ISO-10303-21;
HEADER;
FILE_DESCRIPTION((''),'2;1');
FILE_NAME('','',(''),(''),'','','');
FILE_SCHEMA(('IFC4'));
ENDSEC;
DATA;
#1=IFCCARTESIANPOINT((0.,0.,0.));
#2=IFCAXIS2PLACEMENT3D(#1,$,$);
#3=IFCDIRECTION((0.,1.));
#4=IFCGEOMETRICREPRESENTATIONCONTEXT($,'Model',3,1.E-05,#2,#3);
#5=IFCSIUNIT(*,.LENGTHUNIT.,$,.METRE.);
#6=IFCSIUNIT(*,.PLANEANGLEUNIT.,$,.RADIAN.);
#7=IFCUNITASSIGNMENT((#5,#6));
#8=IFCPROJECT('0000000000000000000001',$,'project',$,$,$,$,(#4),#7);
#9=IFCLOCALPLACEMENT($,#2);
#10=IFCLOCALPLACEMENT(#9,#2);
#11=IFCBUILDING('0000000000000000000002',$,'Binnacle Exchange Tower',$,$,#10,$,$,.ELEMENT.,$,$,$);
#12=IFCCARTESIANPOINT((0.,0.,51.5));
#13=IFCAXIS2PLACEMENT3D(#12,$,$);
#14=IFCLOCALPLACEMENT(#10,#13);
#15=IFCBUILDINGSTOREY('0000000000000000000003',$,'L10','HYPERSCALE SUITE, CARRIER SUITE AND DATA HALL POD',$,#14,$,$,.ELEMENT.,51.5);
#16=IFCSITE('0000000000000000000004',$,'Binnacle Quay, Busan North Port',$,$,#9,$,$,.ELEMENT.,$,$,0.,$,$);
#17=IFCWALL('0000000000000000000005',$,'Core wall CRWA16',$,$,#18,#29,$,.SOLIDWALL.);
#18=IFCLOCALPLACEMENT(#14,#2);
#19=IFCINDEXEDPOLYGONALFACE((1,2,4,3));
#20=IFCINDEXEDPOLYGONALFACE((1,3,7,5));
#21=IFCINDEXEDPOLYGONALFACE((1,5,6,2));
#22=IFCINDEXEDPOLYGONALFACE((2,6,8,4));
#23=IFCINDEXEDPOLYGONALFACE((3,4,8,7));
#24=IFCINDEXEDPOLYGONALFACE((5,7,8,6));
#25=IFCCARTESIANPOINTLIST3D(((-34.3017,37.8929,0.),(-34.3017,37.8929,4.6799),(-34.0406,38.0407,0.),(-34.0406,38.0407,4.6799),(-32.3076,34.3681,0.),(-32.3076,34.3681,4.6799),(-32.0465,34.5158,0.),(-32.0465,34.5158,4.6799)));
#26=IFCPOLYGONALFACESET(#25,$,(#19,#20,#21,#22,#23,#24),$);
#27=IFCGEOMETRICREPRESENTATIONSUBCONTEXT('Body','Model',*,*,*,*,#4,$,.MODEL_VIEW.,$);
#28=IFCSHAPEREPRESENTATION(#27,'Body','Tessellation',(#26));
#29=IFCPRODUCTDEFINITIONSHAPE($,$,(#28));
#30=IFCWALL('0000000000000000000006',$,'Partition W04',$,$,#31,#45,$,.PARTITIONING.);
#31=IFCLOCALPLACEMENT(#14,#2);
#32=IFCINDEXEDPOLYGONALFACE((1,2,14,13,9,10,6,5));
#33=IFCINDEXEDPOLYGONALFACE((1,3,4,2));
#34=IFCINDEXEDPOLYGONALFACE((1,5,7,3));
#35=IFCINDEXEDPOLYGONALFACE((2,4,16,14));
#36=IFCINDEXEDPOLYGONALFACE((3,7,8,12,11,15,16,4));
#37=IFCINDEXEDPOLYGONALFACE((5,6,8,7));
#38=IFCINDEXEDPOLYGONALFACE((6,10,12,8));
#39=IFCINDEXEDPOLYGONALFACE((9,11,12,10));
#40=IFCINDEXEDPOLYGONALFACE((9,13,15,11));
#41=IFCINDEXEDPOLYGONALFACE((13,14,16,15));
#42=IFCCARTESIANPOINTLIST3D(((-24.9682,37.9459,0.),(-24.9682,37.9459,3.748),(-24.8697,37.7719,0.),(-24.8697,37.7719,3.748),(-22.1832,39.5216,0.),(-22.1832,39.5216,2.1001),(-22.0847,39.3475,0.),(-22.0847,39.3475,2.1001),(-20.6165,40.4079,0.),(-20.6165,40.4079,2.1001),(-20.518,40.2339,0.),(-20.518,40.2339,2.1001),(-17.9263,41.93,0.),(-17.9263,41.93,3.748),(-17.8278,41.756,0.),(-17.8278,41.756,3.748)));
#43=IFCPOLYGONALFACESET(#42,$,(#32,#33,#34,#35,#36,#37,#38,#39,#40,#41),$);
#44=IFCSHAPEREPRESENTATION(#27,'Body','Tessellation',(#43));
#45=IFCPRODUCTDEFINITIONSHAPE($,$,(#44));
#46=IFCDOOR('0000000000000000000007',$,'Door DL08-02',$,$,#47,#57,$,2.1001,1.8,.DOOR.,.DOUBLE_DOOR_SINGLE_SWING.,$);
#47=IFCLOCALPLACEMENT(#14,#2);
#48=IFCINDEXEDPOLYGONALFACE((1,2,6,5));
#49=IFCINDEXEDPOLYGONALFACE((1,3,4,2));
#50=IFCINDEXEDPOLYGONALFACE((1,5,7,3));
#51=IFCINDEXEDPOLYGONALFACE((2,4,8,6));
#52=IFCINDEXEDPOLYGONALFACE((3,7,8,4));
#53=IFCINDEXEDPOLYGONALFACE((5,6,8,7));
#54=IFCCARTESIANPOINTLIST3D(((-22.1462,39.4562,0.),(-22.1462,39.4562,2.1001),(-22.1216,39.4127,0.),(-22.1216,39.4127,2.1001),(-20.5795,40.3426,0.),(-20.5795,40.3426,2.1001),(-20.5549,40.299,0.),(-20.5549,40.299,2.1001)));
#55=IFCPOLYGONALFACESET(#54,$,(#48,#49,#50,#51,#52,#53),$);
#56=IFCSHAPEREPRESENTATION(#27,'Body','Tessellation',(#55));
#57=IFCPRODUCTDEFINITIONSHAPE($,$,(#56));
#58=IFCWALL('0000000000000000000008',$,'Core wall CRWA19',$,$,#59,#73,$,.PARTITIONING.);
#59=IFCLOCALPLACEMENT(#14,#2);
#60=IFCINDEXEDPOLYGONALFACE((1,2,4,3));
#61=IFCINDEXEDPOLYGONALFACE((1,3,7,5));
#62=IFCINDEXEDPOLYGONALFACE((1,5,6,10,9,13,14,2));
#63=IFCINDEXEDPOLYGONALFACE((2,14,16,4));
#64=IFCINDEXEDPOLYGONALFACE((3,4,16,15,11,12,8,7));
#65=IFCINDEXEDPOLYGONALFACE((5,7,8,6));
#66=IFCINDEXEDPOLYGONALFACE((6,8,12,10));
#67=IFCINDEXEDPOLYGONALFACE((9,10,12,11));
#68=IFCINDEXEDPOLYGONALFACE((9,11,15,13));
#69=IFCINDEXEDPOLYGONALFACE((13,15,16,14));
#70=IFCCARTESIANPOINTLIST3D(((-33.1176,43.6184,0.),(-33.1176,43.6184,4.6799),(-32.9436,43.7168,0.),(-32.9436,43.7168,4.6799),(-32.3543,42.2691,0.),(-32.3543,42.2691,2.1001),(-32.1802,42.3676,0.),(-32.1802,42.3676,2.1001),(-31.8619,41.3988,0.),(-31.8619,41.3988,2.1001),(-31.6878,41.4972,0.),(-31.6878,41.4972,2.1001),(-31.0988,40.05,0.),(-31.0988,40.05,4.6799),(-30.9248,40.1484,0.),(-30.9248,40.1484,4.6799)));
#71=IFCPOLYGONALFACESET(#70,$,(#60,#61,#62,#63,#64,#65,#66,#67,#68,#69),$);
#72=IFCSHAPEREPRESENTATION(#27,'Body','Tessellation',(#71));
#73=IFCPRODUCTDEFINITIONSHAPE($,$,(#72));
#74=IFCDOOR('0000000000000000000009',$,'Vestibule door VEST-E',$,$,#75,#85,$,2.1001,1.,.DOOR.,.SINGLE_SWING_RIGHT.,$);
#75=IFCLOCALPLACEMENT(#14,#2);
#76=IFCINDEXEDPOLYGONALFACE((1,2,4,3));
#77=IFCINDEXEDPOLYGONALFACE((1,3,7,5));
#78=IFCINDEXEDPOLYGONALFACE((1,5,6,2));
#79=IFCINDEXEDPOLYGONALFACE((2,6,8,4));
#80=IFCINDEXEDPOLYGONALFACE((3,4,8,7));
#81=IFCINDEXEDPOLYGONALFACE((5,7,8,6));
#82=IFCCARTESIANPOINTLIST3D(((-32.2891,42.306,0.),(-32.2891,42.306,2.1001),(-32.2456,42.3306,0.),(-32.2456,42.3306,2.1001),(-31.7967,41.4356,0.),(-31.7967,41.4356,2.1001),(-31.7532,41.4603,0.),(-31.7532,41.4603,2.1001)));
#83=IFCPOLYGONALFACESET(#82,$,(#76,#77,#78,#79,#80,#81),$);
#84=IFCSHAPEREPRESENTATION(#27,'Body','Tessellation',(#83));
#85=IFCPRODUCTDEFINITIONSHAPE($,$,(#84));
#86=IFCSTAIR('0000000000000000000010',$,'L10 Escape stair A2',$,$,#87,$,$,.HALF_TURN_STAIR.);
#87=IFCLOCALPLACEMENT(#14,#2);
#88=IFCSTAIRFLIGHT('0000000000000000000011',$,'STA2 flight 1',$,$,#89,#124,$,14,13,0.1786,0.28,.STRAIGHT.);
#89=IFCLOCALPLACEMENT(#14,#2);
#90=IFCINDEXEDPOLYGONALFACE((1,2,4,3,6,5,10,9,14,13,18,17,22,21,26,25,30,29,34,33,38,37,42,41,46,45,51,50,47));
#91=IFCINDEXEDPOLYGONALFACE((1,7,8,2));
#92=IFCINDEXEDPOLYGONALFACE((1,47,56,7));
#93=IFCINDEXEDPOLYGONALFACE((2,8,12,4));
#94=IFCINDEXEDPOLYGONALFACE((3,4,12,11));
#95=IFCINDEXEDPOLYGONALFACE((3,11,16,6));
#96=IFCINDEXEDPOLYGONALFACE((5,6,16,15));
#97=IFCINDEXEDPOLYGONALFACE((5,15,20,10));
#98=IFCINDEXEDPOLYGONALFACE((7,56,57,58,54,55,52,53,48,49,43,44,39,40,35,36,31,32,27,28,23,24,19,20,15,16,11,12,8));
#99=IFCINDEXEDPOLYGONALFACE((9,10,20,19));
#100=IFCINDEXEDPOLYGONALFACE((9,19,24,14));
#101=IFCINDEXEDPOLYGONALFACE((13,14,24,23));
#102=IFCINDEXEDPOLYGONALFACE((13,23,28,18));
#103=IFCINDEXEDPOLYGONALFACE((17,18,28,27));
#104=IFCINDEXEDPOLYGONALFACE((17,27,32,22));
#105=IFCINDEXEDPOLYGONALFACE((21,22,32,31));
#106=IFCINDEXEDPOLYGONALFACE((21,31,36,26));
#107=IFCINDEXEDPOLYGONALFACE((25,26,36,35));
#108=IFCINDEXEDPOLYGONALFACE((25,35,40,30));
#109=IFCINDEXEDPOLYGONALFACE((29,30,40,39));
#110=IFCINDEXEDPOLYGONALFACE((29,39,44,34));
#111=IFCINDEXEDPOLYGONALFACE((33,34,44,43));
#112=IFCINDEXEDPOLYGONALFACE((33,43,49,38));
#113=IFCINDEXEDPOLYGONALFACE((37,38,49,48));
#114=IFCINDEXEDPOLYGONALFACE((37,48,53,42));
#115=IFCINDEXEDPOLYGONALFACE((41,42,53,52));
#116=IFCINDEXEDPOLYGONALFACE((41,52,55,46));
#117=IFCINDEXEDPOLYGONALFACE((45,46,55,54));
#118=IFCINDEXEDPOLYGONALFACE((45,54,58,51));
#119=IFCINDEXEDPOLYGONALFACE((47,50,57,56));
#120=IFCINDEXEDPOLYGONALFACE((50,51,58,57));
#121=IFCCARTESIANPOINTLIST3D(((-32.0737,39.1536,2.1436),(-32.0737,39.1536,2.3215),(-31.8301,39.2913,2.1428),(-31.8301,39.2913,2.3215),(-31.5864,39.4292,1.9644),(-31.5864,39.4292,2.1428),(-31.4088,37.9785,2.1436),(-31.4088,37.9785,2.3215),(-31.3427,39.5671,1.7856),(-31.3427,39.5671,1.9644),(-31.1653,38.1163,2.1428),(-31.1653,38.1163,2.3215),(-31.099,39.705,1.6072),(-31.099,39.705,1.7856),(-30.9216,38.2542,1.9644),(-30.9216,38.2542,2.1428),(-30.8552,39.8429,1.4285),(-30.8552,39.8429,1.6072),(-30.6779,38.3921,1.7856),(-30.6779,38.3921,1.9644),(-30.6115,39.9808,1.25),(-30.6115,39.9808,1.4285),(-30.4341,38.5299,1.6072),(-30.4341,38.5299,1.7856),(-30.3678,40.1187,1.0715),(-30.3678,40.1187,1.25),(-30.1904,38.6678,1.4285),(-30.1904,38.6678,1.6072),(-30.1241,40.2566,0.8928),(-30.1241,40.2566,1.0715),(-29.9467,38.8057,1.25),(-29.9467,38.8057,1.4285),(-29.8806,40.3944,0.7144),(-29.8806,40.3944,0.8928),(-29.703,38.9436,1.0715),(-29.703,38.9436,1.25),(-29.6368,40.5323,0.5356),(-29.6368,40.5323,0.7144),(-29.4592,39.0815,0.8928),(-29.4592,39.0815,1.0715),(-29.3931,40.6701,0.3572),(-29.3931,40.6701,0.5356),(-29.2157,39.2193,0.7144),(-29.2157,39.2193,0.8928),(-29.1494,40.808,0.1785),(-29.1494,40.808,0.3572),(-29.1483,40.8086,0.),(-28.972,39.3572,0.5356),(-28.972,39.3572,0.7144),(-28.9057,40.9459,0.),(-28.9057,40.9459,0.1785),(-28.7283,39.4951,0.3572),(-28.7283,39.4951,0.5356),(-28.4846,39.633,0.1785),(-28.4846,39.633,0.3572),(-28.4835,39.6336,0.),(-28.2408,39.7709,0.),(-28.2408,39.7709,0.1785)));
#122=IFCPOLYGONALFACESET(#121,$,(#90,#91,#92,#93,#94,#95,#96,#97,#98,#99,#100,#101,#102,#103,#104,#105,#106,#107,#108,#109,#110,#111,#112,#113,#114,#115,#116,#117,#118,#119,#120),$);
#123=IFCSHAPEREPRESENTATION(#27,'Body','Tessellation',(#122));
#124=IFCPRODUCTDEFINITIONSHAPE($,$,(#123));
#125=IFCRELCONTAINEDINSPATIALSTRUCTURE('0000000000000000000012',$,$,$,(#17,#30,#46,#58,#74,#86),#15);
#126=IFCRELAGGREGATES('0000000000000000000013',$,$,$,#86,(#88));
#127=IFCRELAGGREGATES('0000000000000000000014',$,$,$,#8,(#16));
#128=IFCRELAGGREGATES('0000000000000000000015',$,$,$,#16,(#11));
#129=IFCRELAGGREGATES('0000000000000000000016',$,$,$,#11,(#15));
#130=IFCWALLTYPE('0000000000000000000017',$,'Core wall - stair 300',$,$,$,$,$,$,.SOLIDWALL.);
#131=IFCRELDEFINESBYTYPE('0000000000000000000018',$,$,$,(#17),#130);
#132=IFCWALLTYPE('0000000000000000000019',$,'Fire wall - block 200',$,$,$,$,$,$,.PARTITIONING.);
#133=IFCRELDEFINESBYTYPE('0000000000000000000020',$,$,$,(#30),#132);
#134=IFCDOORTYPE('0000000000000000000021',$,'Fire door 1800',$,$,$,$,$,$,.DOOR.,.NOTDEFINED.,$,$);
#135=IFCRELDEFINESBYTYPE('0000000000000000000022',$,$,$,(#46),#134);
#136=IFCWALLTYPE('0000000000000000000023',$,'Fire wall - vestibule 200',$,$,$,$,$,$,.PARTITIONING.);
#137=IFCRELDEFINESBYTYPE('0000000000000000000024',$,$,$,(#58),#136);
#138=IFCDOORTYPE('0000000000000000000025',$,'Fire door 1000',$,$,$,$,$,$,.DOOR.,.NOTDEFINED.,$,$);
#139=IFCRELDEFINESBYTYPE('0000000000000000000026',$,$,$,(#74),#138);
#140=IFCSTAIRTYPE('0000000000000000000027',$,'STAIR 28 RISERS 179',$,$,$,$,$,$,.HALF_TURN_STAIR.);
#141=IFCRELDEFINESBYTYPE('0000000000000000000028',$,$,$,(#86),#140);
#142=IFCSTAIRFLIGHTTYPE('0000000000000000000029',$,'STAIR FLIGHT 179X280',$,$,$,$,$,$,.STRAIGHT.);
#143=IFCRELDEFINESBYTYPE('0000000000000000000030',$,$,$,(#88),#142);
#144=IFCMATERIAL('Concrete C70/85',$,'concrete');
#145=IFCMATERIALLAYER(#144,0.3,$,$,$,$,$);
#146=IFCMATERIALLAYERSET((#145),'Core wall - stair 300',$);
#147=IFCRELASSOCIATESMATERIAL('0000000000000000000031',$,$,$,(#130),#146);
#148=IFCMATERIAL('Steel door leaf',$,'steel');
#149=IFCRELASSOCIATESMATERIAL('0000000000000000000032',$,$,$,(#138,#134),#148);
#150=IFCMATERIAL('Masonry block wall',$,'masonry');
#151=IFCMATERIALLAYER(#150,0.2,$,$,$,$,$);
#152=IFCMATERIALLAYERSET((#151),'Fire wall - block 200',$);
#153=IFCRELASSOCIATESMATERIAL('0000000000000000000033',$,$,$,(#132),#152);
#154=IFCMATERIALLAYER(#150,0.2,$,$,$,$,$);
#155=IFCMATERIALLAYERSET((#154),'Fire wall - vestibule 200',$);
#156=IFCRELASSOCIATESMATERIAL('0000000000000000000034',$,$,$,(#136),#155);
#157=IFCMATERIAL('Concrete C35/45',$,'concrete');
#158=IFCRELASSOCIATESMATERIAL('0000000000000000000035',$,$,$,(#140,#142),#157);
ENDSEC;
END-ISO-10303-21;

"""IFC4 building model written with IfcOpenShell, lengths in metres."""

from ifc_helpers import new_model, si_unit, direction, frame, frame_2d, origin, place, context, subcontext, project, spatial, polyline, rectangle, outline, extrude, material, layer, layer_set, type_object, element, fill, aggregate, save


model = new_model("IFC4")

# Units and contexts
model_context = context("Model", 3, precision=1e-05, world=origin(), true_north=direction((0.0, 1.0)))
body_context = subcontext(model_context, "Body", "Model", "MODEL_VIEW")
ifc_project = project(units=[si_unit("LENGTHUNIT", "METRE"), si_unit("PLANEANGLEUNIT", "RADIAN")], contexts=[model_context])

# Site, building, storey
site_placement = place(None, origin())
site = spatial("IfcSite", under=ifc_project, at=site_placement, Name="Binnacle Quay, Busan North Port", CompositionType="ELEMENT", RefElevation=0.0)
building_placement = place(site_placement, origin())
building = spatial("IfcBuilding", under=site, at=building_placement, Name="Binnacle Exchange Tower", CompositionType="ELEMENT")
storey_placement = place(building_placement, frame((0.0, 0.0, 51.5)))
storey = spatial("IfcBuildingStorey", under=building, at=storey_placement, Name="L10", Description="HYPERSCALE SUITE, CARRIER SUITE AND DATA HALL POD", CompositionType="ELEMENT", Elevation=51.5)

# Shared definitions
ifc_material_1 = material(Name="Concrete C70/85", Category="concrete")

# Shared definitions
ifc_material_2 = material(Name="Steel door leaf", Category="steel")

# Shared definitions
ifc_layer_1 = layer(ifc_material_1, 0.3)
ifc_layer_set_1 = layer_set([ifc_layer_1], Name="Core wall - stair 300")
wall_type_1 = type_object("IfcWallType", Name="Core wall - stair 300", PredefinedType="SOLIDWALL", material=ifc_layer_set_1)
door_type_1 = type_object("IfcDoorType", Name="Fire door 1000", OperationType="NOTDEFINED", PredefinedType="DOOR", material=ifc_material_2)

# Wall
wall_1_placement = place(storey_placement, frame((-34.1711, 37.9668, 0.0), z_axis=(0.0, 0.0, 1.0), x_axis=(0.492395, -0.870372, 0.0)))
element("IfcWall", 1, at=wall_1_placement, inside=storey, type_object=wall_type_1, Name="Core wall CRWA16", PredefinedType="SOLIDWALL", context=body_context, shape_type="SweptSolid", body=[
    extrude(rectangle(XDim=4.0498, YDim=0.3, at=frame_2d((2.0249, 0.0))), origin(), (0.0, 0.0, 1.0), 4.6799),
])

# Walls, openings, doors
ifc_material_3 = material(Name="Masonry block wall", Category="masonry")
ifc_layer_2 = layer(ifc_material_3, 0.2)
ifc_layer_set_2 = layer_set([ifc_layer_2], Name="Fire wall - block 200")
wall_type_2 = type_object("IfcWallType", Name="Fire wall - block 200", PredefinedType="PARTITIONING", material=ifc_layer_set_2)
wall_2_placement = place(storey_placement, frame((-24.9189, 37.8589, 0.0), z_axis=(0.0, 0.0, 1.0), x_axis=(0.870358, 0.49242, 0.0)))
wall_2 = element("IfcWall", 2, at=wall_2_placement, inside=storey, type_object=wall_type_2, Name="Partition W04", PredefinedType="PARTITIONING", context=body_context, shape_type="SweptSolid", body=[
    extrude(rectangle(XDim=8.0908, YDim=0.2, at=frame_2d((4.0454, 0.0))), origin(), (0.0, 0.0, 1.0), 3.748),
])
opening_1_placement = place(wall_2_placement, frame((3.2, 0.0, 0.0)))
opening_1 = element("IfcOpeningElement", 3, at=opening_1_placement, cuts=wall_2, PredefinedType="OPENING", context=body_context, shape_type="SweptSolid", body=[
    extrude(rectangle(XDim=1.8, YDim=2.1001, at=frame_2d((0.8999, 1.05))), frame((0.0, 0.1099, 0.0), z_axis=(0.0, -1.0, 0.0), x_axis=(1.0, 0.0, 0.0)), (0.0, 0.0, 1.0), 0.22),
])
door_type_2 = type_object("IfcDoorType", Name="Fire door 1800", OperationType="NOTDEFINED", PredefinedType="DOOR", material=ifc_material_2)
door_1_placement = place(opening_1_placement, origin())
door_1 = element("IfcDoor", 4, at=door_1_placement, inside=storey, type_object=door_type_2, Name="Door DL08-02", OperationType="DOUBLE_DOOR_SINGLE_SWING", OverallHeight=2.1001, OverallWidth=1.8, PredefinedType="DOOR", context=body_context, shape_type="SweptSolid", body=[
    extrude(rectangle(XDim=1.8, YDim=2.1001, at=frame_2d((0.8999, 1.05))), frame((0.0, 0.0249, 0.0), z_axis=(0.0, -1.0, 0.0), x_axis=(1.0, 0.0, 0.0)), (0.0, 0.0, 1.0), 0.05),
])
fill(opening_1, door_1)
ifc_layer_3 = layer(ifc_material_3, 0.2)
ifc_layer_set_3 = layer_set([ifc_layer_3], Name="Fire wall - vestibule 200")
wall_type_3 = type_object("IfcWallType", Name="Fire wall - vestibule 200", PredefinedType="PARTITIONING", material=ifc_layer_set_3)
wall_3_placement = place(storey_placement, frame((-33.0305, 43.6675, 0.0), z_axis=(0.0, 0.0, 1.0), x_axis=(0.492408, -0.870364, 0.0)))
wall_3 = element("IfcWall", 5, at=wall_3_placement, inside=storey, type_object=wall_type_3, Name="Core wall CRWA19", PredefinedType="PARTITIONING", context=body_context, shape_type="SweptSolid", body=[
    extrude(rectangle(XDim=4.0999, YDim=0.2, at=frame_2d((2.0498, 0.0))), origin(), (0.0, 0.0, 1.0), 4.6799),
])
opening_2_placement = place(wall_3_placement, frame((1.55, 0.0, 0.0)))
opening_2 = element("IfcOpeningElement", 6, at=opening_2_placement, cuts=wall_3, PredefinedType="OPENING", context=body_context, shape_type="SweptSolid", body=[
    extrude(rectangle(XDim=1.0, YDim=2.1001, at=frame_2d((0.5, 1.05))), frame((0.0, 0.1099, 0.0), z_axis=(0.0, -1.0, 0.0), x_axis=(1.0, 0.0, 0.0)), (0.0, 0.0, 1.0), 0.22),
])
door_2_placement = place(opening_2_placement, origin())
door_2 = element("IfcDoor", 7, at=door_2_placement, inside=storey, type_object=door_type_1, Name="Vestibule door VEST-E", OperationType="SINGLE_SWING_RIGHT", OverallHeight=2.1001, OverallWidth=1.0, PredefinedType="DOOR", context=body_context, shape_type="SweptSolid", body=[
    extrude(rectangle(XDim=1.0, YDim=2.1001, at=frame_2d((0.5, 1.05))), frame((0.0, 0.0249, 0.0), z_axis=(0.0, -1.0, 0.0), x_axis=(1.0, 0.0, 0.0)), (0.0, 0.0, 1.0), 0.05),
])
fill(opening_2, door_2)

# Stair, stair flight
ifc_material_4 = material(Name="Concrete C35/45", Category="concrete")
stair_type = type_object("IfcStairType", Name="STAIR 28 RISERS 179", PredefinedType="HALF_TURN_STAIR", material=ifc_material_4)
stair_placement = place(storey_placement, origin())
stair = element("IfcStair", 8, at=stair_placement, inside=storey, type_object=stair_type, Name="L10 Escape stair A2", PredefinedType="HALF_TURN_STAIR")
stair_flight_type = type_object("IfcStairFlightType", Name="STAIR FLIGHT 179X280", PredefinedType="STRAIGHT", material=ifc_material_4)
stair_flight_placement = place(storey_placement, frame((-28.5732, 40.3584, 0.0), z_axis=(0.0, 0.0, 1.0), x_axis=(-0.870356, -0.492424, 0.0)))
stair_flight = element("IfcStairFlight", 9, at=stair_flight_placement, type_object=stair_flight_type, Name="STA2 flight 1", NumberOfRisers=14, NumberOfTreads=13, PredefinedType="STRAIGHT", RiserHeight=0.1786, TreadLength=0.28, context=body_context, shape_type="SweptSolid", body=[
    extrude(outline(polyline([(0.0, 0.0), (0.0, 0.1785), (0.28, 0.1785), (0.28, 0.3572), (0.5601, 0.3572), (0.5601, 0.5356), (0.8401, 0.5356), (0.8401, 0.7144), (1.1201, 0.7144), (1.1201, 0.8928), (1.3999, 0.8928), (1.3999, 1.0715), (1.6799, 1.0715), (1.6799, 1.25), (1.96, 1.25), (1.96, 1.4285), (2.24, 1.4285), (2.24, 1.6072), (2.52, 1.6072), (2.52, 1.7856), (2.8, 1.7856), (2.8, 1.9644), (3.0801, 1.9644), (3.0801, 2.1428), (3.3601, 2.1428), (3.3601, 2.3215), (3.6399, 2.3215), (3.6399, 2.5), (3.6399, 2.1436), (0.2788, 0.0), (0.0, 0.0)])), frame((0.0, 0.675, 0.0), z_axis=(0.0, -1.0, 0.0), x_axis=(1.0, 0.0, 0.0)), (0.0, 0.0, 1.0), 1.3501),
])
aggregate(stair, [stair_flight])

save(model, "model.ifc")
